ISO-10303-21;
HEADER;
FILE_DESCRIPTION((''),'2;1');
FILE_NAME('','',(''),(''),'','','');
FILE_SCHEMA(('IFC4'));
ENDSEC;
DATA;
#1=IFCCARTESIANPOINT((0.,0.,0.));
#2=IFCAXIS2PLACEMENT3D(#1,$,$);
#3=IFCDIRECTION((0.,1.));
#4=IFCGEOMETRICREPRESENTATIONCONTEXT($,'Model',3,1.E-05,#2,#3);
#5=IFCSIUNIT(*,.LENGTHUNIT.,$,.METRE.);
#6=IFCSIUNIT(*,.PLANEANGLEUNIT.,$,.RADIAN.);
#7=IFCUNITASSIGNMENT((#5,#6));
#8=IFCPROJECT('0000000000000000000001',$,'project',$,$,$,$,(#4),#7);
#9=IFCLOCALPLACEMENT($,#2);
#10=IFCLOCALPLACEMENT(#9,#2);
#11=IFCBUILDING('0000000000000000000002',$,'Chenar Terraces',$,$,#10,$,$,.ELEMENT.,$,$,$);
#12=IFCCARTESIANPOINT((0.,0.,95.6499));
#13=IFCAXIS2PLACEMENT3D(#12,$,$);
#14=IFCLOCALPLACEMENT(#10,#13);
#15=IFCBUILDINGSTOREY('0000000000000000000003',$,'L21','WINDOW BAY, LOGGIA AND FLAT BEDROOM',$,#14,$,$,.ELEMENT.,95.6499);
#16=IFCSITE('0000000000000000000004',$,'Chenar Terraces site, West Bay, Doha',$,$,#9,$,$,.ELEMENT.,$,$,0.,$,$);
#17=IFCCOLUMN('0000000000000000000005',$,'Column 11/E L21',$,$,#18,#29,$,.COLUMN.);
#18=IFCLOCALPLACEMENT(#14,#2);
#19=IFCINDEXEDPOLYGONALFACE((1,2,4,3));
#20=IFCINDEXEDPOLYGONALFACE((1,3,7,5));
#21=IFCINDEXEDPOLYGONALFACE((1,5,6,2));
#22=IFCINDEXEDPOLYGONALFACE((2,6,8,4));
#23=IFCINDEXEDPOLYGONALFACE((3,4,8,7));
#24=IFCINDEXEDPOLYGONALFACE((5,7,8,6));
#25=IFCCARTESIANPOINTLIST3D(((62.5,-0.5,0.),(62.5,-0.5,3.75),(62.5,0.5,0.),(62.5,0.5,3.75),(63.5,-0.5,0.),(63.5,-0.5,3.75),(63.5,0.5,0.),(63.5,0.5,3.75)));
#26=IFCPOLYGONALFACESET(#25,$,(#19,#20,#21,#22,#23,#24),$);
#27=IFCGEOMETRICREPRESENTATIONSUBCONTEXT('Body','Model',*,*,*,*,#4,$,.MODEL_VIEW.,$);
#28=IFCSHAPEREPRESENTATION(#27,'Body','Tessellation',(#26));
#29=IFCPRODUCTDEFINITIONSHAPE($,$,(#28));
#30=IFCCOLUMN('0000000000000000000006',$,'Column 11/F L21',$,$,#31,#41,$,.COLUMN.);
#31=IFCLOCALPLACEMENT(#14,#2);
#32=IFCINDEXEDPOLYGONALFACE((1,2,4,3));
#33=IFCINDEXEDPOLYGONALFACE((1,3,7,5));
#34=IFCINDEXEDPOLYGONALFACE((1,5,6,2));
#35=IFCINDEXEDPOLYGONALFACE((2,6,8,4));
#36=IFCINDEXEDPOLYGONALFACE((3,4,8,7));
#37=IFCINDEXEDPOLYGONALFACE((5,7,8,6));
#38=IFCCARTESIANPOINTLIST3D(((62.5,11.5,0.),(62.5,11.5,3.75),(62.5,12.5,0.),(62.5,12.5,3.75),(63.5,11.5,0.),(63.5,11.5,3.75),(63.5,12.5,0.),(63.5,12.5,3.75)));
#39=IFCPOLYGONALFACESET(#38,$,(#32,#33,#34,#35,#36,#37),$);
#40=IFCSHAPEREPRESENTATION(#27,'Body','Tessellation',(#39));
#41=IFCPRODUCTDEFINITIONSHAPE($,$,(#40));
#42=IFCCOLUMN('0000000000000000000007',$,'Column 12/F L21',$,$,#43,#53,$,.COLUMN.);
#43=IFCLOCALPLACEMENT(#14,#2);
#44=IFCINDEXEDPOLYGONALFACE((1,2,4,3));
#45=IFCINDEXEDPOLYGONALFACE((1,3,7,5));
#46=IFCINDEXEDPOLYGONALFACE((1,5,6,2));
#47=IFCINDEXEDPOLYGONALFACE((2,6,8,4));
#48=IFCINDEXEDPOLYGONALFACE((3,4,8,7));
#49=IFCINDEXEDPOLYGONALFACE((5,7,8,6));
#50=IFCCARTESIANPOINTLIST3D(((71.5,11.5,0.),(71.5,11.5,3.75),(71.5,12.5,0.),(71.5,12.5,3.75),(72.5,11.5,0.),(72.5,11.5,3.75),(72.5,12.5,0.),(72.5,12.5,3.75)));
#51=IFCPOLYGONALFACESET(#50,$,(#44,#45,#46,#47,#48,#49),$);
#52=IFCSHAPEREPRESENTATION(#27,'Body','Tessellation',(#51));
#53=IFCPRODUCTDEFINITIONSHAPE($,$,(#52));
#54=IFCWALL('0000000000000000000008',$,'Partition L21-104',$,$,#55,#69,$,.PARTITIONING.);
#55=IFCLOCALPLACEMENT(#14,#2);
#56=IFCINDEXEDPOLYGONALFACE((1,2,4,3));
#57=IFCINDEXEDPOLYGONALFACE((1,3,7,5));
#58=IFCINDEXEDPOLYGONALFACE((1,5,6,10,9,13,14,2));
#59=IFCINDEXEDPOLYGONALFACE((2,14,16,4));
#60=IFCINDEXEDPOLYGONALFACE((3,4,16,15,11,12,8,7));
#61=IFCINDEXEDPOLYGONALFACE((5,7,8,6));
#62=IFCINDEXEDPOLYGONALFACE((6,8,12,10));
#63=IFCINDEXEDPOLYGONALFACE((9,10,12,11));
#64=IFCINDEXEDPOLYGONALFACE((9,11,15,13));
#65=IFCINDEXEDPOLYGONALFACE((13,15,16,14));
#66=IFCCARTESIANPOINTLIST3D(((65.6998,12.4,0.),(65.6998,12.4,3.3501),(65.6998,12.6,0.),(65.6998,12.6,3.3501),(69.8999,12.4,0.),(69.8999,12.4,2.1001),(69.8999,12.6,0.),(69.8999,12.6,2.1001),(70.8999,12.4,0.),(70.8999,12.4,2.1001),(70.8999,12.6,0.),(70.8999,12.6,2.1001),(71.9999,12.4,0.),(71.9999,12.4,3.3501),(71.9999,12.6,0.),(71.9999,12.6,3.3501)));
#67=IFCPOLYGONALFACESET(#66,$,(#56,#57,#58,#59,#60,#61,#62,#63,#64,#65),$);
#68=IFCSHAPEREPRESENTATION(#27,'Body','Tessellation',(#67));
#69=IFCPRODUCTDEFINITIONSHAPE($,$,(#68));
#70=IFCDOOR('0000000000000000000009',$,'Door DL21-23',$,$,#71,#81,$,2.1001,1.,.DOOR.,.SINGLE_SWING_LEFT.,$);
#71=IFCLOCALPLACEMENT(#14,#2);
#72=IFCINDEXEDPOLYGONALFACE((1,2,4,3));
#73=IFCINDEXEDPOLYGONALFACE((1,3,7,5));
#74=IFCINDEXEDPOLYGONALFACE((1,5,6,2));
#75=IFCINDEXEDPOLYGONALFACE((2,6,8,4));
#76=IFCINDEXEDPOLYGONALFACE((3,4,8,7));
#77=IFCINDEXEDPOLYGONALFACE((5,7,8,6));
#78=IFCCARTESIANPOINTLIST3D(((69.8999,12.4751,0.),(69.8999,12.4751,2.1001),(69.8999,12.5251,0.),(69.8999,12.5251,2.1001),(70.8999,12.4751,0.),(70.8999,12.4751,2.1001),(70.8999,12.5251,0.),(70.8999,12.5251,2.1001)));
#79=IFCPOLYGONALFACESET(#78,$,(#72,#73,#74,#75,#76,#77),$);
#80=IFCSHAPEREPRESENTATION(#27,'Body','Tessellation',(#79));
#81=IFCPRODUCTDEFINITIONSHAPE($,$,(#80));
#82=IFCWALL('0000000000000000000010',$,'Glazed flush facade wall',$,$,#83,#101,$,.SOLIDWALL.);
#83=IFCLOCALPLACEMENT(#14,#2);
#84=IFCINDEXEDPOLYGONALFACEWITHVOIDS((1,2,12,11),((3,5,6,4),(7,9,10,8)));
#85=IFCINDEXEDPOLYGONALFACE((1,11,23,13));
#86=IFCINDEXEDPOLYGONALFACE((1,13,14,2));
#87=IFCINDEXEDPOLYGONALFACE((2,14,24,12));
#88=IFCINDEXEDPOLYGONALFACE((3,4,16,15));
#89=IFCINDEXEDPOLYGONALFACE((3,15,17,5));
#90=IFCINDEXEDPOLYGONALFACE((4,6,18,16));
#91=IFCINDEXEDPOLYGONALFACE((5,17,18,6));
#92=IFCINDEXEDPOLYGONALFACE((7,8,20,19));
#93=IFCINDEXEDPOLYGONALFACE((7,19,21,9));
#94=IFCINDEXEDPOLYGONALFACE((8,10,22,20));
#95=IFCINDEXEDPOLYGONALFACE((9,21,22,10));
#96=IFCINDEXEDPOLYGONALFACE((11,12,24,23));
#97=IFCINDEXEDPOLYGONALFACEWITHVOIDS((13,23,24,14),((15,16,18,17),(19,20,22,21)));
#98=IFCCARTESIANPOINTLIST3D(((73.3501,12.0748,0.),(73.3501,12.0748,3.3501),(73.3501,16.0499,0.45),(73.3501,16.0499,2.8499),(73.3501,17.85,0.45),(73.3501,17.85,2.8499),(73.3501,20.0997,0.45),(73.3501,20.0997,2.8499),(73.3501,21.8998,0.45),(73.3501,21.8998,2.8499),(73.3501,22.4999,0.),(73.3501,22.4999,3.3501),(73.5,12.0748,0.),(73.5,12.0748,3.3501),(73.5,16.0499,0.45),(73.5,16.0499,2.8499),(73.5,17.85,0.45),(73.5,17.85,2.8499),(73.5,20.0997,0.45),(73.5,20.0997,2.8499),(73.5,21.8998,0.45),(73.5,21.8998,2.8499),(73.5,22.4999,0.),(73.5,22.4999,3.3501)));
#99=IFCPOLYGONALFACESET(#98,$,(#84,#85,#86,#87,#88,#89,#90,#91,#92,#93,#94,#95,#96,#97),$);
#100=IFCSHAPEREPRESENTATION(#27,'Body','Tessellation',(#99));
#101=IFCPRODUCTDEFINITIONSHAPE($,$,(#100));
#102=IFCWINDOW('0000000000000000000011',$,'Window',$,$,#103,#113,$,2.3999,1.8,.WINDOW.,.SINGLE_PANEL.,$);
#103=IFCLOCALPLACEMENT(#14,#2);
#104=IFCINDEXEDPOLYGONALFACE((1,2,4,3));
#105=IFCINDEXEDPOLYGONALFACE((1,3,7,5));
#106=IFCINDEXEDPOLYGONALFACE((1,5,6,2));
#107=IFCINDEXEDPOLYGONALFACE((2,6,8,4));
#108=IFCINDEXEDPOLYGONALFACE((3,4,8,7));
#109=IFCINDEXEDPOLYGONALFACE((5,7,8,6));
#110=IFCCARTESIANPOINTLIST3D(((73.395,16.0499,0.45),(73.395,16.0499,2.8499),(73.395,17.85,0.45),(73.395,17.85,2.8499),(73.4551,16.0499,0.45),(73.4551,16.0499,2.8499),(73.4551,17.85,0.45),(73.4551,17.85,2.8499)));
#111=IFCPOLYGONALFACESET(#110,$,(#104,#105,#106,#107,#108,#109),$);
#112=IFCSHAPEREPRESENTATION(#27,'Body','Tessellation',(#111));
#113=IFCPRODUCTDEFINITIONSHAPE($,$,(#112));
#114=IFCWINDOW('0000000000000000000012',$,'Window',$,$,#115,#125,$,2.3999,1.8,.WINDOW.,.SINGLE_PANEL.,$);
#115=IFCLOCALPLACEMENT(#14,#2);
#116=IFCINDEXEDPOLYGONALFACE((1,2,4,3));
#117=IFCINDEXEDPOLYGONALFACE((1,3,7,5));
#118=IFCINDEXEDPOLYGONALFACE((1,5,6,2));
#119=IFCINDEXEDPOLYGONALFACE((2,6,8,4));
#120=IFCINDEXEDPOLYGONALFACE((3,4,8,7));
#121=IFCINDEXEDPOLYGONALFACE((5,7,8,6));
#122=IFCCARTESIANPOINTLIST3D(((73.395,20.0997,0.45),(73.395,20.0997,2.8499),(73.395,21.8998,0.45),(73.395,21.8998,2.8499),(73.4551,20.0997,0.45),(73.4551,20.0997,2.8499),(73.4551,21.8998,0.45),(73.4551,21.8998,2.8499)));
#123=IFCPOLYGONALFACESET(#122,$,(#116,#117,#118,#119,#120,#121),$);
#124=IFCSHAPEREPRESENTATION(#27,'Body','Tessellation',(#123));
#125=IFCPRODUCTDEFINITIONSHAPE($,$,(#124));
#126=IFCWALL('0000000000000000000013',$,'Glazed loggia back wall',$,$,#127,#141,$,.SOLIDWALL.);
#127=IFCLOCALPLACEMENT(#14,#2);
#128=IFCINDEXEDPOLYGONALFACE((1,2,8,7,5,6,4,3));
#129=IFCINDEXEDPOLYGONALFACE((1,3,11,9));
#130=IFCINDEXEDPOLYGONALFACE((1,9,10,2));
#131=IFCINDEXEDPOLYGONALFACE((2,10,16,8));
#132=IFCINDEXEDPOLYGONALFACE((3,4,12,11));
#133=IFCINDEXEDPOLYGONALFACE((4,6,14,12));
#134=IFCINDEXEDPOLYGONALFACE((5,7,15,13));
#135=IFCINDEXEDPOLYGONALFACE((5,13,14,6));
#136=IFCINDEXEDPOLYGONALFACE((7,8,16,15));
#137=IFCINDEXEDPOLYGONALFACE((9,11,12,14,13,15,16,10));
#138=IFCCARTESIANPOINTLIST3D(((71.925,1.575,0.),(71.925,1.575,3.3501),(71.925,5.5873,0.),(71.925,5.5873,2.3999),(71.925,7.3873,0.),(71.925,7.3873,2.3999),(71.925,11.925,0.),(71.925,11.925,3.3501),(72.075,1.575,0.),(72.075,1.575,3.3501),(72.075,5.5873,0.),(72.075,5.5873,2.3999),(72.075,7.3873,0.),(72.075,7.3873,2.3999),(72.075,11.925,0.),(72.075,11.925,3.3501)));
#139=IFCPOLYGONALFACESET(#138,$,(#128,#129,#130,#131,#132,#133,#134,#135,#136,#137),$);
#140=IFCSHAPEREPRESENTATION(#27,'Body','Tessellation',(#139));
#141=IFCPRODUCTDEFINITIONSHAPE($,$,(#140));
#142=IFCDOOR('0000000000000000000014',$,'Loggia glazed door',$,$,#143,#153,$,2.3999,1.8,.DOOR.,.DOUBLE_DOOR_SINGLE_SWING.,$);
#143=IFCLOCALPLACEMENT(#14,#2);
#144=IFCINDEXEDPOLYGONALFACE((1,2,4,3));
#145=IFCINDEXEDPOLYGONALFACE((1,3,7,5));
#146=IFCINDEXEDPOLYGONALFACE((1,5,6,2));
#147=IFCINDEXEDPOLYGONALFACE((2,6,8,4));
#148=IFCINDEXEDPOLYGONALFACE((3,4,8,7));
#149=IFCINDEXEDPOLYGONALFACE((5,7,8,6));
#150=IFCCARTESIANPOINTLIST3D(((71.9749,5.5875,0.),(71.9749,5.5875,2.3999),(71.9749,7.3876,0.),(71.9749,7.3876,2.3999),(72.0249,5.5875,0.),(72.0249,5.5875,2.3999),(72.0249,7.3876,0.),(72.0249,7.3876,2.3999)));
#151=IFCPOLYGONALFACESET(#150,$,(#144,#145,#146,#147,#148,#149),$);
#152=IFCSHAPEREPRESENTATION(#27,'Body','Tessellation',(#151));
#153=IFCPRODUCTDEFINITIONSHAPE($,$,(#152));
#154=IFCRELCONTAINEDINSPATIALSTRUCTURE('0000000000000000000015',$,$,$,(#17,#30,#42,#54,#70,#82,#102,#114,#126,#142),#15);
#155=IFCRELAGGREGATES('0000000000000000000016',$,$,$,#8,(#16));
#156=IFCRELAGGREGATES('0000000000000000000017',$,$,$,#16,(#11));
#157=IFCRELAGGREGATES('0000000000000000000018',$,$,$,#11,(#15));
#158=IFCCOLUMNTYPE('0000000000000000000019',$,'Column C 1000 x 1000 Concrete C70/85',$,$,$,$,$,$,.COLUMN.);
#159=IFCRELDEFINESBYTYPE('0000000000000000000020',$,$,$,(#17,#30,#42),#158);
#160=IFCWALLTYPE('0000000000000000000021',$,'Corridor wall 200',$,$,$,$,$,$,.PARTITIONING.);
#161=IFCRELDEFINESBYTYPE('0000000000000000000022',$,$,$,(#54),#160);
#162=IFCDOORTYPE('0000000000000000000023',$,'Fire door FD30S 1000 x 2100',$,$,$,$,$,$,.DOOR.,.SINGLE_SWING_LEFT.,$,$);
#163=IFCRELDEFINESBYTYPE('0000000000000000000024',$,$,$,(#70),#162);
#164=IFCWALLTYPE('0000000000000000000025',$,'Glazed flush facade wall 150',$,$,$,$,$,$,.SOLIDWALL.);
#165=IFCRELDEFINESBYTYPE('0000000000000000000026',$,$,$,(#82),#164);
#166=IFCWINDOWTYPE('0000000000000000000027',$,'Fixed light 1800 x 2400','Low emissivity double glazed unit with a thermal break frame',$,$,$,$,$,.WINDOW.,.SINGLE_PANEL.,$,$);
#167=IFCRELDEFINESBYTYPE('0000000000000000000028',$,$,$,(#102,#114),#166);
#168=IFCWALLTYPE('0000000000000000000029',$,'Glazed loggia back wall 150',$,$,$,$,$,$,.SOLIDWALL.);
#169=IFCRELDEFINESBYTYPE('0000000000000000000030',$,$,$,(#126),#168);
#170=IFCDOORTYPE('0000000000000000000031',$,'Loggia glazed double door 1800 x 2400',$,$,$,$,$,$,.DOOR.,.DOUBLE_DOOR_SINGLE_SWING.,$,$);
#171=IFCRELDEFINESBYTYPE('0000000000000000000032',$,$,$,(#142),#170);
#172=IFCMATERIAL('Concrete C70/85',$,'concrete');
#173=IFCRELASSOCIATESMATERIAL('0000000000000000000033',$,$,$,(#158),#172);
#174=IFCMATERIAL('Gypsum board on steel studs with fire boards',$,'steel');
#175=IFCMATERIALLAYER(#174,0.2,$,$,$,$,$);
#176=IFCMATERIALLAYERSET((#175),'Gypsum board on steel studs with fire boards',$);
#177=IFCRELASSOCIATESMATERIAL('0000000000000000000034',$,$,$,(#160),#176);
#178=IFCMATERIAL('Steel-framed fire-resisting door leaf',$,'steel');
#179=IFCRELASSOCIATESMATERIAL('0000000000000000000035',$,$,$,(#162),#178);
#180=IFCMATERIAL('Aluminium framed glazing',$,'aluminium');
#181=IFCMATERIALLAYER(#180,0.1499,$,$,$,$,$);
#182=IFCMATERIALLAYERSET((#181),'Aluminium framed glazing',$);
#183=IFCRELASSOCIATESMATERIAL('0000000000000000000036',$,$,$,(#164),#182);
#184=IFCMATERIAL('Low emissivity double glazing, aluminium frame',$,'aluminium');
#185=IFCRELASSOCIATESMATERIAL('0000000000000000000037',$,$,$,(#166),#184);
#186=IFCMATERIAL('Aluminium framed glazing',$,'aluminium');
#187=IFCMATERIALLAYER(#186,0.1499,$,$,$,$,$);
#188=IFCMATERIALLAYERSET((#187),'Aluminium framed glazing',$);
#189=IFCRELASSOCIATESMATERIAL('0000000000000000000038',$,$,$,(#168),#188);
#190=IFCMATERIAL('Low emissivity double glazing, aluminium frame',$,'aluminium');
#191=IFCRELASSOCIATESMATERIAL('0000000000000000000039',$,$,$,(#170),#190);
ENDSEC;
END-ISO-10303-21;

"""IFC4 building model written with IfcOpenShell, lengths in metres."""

from ifc_helpers import new_model, si_unit, direction, frame, frame_2d, origin, origin_2d, place, context, subcontext, project, spatial, rectangle, extrude, material, layer, layer_set, material_profile, profile_set, type_object, element, fill, save


model = new_model("IFC4")

# Units and contexts
model_context = context("Model", 3, precision=1e-05, world=origin(), true_north=direction((0.0, 1.0)))
body_context = subcontext(model_context, "Body", "Model", "MODEL_VIEW")
ifc_project = project(units=[si_unit("LENGTHUNIT", "METRE"), si_unit("PLANEANGLEUNIT", "RADIAN")], contexts=[model_context])

# Site, building, storey
site_placement = place(None, origin())
site = spatial("IfcSite", under=ifc_project, at=site_placement, Name="Chenar Terraces site, West Bay, Doha", CompositionType="ELEMENT", RefElevation=0.0)
building_placement = place(site_placement, origin())
building = spatial("IfcBuilding", under=site, at=building_placement, Name="Chenar Terraces", CompositionType="ELEMENT")
storey_placement = place(building_placement, frame((0.0, 0.0, 95.6499)))
storey = spatial("IfcBuildingStorey", under=building, at=storey_placement, Name="L21", Description="WINDOW BAY, LOGGIA AND FLAT BEDROOM", CompositionType="ELEMENT", Elevation=95.6499)

# Columns
ifc_material_1 = material(Name="Concrete C70/85", Category="concrete")
ifc_material_profile = material_profile(ifc_material_1, rectangle(XDim=1.0, YDim=1.0, at=origin_2d()), Name="C 1000 x 1000")
ifc_profile_set = profile_set([ifc_material_profile], Name="Concrete C70/85")
column_type = type_object("IfcColumnType", Name="Column C 1000 x 1000 Concrete C70/85", PredefinedType="COLUMN", material=ifc_profile_set)
for number, where, z_axis, x_axis, name in (
    (1, (63.0, 0.0, 0.0), (0.0, 0.0, 1.0), (1.0, 0.0, 0.0), "Column 11/E L21"),
    (2, (63.0, 12.0, 0.0), (0.0, 0.0, 1.0), (1.0, 0.0, 0.0), "Column 11/F L21"),
    (3, (72.0, 12.0, 0.0), (0.0, 0.0, 1.0), (1.0, 0.0, 0.0), "Column 12/F L21"),
):
    element("IfcColumn", number, at=place(storey_placement, frame(where, z_axis=z_axis, x_axis=x_axis)), inside=storey, type_object=column_type, Name=name, PredefinedType="COLUMN", context=body_context, shape_type="SweptSolid", body=[
        extrude(rectangle(XDim=1.0, YDim=1.0, at=origin_2d()), origin(), (0.0, 0.0, 1.0), 3.75),
    ])

# Wall, opening, door
ifc_material_2 = material(Name="Gypsum board on steel studs with fire boards", Category="steel")
ifc_layer_1 = layer(ifc_material_2, 0.2)
ifc_layer_set_1 = layer_set([ifc_layer_1], Name="Gypsum board on steel studs with fire boards")
wall_type_1 = type_object("IfcWallType", Name="Corridor wall 200", PredefinedType="PARTITIONING", material=ifc_layer_set_1)
wall_1_placement = place(storey_placement, frame((65.7, 12.5, 0.0), z_axis=(0.0, 0.0, 1.0), x_axis=(1.0, 0.0, 0.0)))
wall_1 = element("IfcWall", 4, at=wall_1_placement, inside=storey, type_object=wall_type_1, Name="Partition L21-104", PredefinedType="PARTITIONING", context=body_context, shape_type="SweptSolid", body=[
    extrude(rectangle(XDim=6.3, YDim=0.2, at=frame_2d((3.1499, 0.0))), origin(), (0.0, 0.0, 1.0), 3.3501),
])
opening_1_placement = place(wall_1_placement, frame((4.2, 0.0, 0.0)))
opening_1 = element("IfcOpeningElement", 5, at=opening_1_placement, cuts=wall_1, PredefinedType="OPENING", context=body_context, shape_type="SweptSolid", body=[
    extrude(rectangle(XDim=1.0, YDim=2.1001, at=frame_2d((0.5, 1.05))), frame((0.0, 0.1099, 0.0), z_axis=(0.0, -1.0, 0.0), x_axis=(1.0, 0.0, 0.0)), (0.0, 0.0, 1.0), 0.22),
])
ifc_material_3 = material(Name="Steel-framed fire-resisting door leaf", Category="steel")
door_type_1 = type_object("IfcDoorType", Name="Fire door FD30S 1000 x 2100", OperationType="SINGLE_SWING_LEFT", PredefinedType="DOOR", material=ifc_material_3)
door_1_placement = place(opening_1_placement, frame((1.0, 0.0, 0.0), z_axis=(0.0, 0.0, 1.0), x_axis=(-1.0, 0.0, 0.0)))
door_1 = element("IfcDoor", 6, at=door_1_placement, inside=storey, type_object=door_type_1, Name="Door DL21-23", OperationType="SINGLE_SWING_LEFT", OverallHeight=2.1001, OverallWidth=1.0, PredefinedType="DOOR", context=body_context, shape_type="SweptSolid", body=[
    extrude(rectangle(XDim=1.0, YDim=2.1001, at=frame_2d((0.5, 1.05))), frame((0.0, 0.0249, 0.0), z_axis=(0.0, -1.0, 0.0), x_axis=(1.0, 0.0, 0.0)), (0.0, 0.0, 1.0), 0.05),
])
fill(opening_1, door_1)

# Wall, openings, windows
ifc_material_4 = material(Name="Aluminium framed glazing", Category="aluminium")
ifc_layer_2 = layer(ifc_material_4, 0.1499)
ifc_layer_set_2 = layer_set([ifc_layer_2], Name="Aluminium framed glazing")
wall_type_2 = type_object("IfcWallType", Name="Glazed flush facade wall 150", PredefinedType="SOLIDWALL", material=ifc_layer_set_2)
wall_2_placement = place(storey_placement, frame((73.425, 12.075, 0.0), z_axis=(0.0, 0.0, 1.0), x_axis=(0.0, 1.0, 0.0)))
wall_2 = element("IfcWall", 7, at=wall_2_placement, inside=storey, type_object=wall_type_2, Name="Glazed flush facade wall", PredefinedType="SOLIDWALL", context=body_context, shape_type="SweptSolid", body=[
    extrude(rectangle(XDim=10.425, YDim=0.1499, at=frame_2d((5.2124, 0.0))), origin(), (0.0, 0.0, 1.0), 3.3501),
])
opening_2_placement = place(wall_2_placement, frame((3.9751, 0.0, 0.45)))
opening_2 = element("IfcOpeningElement", 8, at=opening_2_placement, cuts=wall_2, PredefinedType="OPENING", context=body_context, shape_type="SweptSolid", body=[
    extrude(rectangle(XDim=1.8, YDim=2.3999, at=frame_2d((0.8999, 1.2))), frame((0.0, 0.085, 0.0), z_axis=(0.0, -1.0, 0.0), x_axis=(1.0, 0.0, 0.0)), (0.0, 0.0, 1.0), 0.1699),
])
opening_3_placement = place(wall_2_placement, frame((8.0249, 0.0, 0.45)))
opening_3 = element("IfcOpeningElement", 9, at=opening_3_placement, cuts=wall_2, PredefinedType="OPENING", context=body_context, shape_type="SweptSolid", body=[
    extrude(rectangle(XDim=1.8, YDim=2.3999, at=frame_2d((0.8999, 1.2))), frame((0.0, 0.085, 0.0), z_axis=(0.0, -1.0, 0.0), x_axis=(1.0, 0.0, 0.0)), (0.0, 0.0, 1.0), 0.1699),
])
ifc_material_5 = material(Name="Low emissivity double glazing, aluminium frame", Category="aluminium")
window_type_1 = type_object("IfcWindowType", Name="Fixed light 1800 x 2400", Description="Low emissivity double glazed unit with a thermal break frame", PartitioningType="SINGLE_PANEL", PredefinedType="WINDOW", material=ifc_material_5)
window_1_placement = place(opening_2_placement, origin())
window_1 = element("IfcWindow", 10, at=window_1_placement, inside=storey, type_object=window_type_1, Name="Window", OverallHeight=2.3999, OverallWidth=1.8, PartitioningType="SINGLE_PANEL", PredefinedType="WINDOW", context=body_context, shape_type="SweptSolid", body=[
    extrude(rectangle(XDim=1.8, YDim=2.3999, at=frame_2d((0.8999, 1.2))), frame((0.0, 0.03, 0.0), z_axis=(0.0, -1.0, 0.0), x_axis=(1.0, 0.0, 0.0)), (0.0, 0.0, 1.0), 0.0601),
])
fill(opening_2, window_1)
window_2_placement = place(opening_3_placement, origin())
window_2 = element("IfcWindow", 11, at=window_2_placement, inside=storey, type_object=window_type_1, Name="Window", OverallHeight=2.3999, OverallWidth=1.8, PartitioningType="SINGLE_PANEL", PredefinedType="WINDOW", context=body_context, shape_type="SweptSolid", body=[
    extrude(rectangle(XDim=1.8, YDim=2.3999, at=frame_2d((0.8999, 1.2))), frame((0.0, 0.03, 0.0), z_axis=(0.0, -1.0, 0.0), x_axis=(1.0, 0.0, 0.0)), (0.0, 0.0, 1.0), 0.0601),
])
fill(opening_3, window_2)

# Wall, opening, door
ifc_material_6 = material(Name="Aluminium framed glazing", Category="aluminium")
ifc_layer_3 = layer(ifc_material_6, 0.1499)
ifc_layer_set_3 = layer_set([ifc_layer_3], Name="Aluminium framed glazing")
wall_type_3 = type_object("IfcWallType", Name="Glazed loggia back wall 150", PredefinedType="SOLIDWALL", material=ifc_layer_set_3)
wall_3_placement = place(storey_placement, frame((72.0, 1.575, 0.0), z_axis=(0.0, 0.0, 1.0), x_axis=(0.0, 1.0, 0.0)))
wall_3 = element("IfcWall", 12, at=wall_3_placement, inside=storey, type_object=wall_type_3, Name="Glazed loggia back wall", PredefinedType="SOLIDWALL", context=body_context, shape_type="SweptSolid", body=[
    extrude(rectangle(XDim=10.3501, YDim=0.1499, at=frame_2d((5.175, 0.0))), origin(), (0.0, 0.0, 1.0), 3.3501),
])
opening_4_placement = place(wall_3_placement, frame((4.0125, 0.0, 0.0)))
opening_4 = element("IfcOpeningElement", 13, at=opening_4_placement, cuts=wall_3, PredefinedType="OPENING", context=body_context, shape_type="SweptSolid", body=[
    extrude(rectangle(XDim=1.8, YDim=2.3999, at=frame_2d((0.8999, 1.2))), frame((0.0, 0.085, 0.0), z_axis=(0.0, -1.0, 0.0), x_axis=(1.0, 0.0, 0.0)), (0.0, 0.0, 1.0), 0.1699),
])
ifc_material_7 = material(Name="Low emissivity double glazing, aluminium frame", Category="aluminium")
door_type_2 = type_object("IfcDoorType", Name="Loggia glazed double door 1800 x 2400", OperationType="DOUBLE_DOOR_SINGLE_SWING", PredefinedType="DOOR", material=ifc_material_7)
door_2_placement = place(opening_4_placement, frame((1.8, 0.0, 0.0), z_axis=(0.0, 0.0, 1.0), x_axis=(-1.0, 0.0, 0.0)))
door_2 = element("IfcDoor", 14, at=door_2_placement, inside=storey, type_object=door_type_2, Name="Loggia glazed door", OperationType="DOUBLE_DOOR_SINGLE_SWING", OverallHeight=2.3999, OverallWidth=1.8, PredefinedType="DOOR", context=body_context, shape_type="SweptSolid", body=[
    extrude(rectangle(XDim=1.8, YDim=2.3999, at=frame_2d((0.8999, 1.2))), frame((0.0, 0.0249, 0.0), z_axis=(0.0, -1.0, 0.0), x_axis=(1.0, 0.0, 0.0)), (0.0, 0.0, 1.0), 0.05),
])
fill(opening_4, door_2)

save(model, "model.ifc")
